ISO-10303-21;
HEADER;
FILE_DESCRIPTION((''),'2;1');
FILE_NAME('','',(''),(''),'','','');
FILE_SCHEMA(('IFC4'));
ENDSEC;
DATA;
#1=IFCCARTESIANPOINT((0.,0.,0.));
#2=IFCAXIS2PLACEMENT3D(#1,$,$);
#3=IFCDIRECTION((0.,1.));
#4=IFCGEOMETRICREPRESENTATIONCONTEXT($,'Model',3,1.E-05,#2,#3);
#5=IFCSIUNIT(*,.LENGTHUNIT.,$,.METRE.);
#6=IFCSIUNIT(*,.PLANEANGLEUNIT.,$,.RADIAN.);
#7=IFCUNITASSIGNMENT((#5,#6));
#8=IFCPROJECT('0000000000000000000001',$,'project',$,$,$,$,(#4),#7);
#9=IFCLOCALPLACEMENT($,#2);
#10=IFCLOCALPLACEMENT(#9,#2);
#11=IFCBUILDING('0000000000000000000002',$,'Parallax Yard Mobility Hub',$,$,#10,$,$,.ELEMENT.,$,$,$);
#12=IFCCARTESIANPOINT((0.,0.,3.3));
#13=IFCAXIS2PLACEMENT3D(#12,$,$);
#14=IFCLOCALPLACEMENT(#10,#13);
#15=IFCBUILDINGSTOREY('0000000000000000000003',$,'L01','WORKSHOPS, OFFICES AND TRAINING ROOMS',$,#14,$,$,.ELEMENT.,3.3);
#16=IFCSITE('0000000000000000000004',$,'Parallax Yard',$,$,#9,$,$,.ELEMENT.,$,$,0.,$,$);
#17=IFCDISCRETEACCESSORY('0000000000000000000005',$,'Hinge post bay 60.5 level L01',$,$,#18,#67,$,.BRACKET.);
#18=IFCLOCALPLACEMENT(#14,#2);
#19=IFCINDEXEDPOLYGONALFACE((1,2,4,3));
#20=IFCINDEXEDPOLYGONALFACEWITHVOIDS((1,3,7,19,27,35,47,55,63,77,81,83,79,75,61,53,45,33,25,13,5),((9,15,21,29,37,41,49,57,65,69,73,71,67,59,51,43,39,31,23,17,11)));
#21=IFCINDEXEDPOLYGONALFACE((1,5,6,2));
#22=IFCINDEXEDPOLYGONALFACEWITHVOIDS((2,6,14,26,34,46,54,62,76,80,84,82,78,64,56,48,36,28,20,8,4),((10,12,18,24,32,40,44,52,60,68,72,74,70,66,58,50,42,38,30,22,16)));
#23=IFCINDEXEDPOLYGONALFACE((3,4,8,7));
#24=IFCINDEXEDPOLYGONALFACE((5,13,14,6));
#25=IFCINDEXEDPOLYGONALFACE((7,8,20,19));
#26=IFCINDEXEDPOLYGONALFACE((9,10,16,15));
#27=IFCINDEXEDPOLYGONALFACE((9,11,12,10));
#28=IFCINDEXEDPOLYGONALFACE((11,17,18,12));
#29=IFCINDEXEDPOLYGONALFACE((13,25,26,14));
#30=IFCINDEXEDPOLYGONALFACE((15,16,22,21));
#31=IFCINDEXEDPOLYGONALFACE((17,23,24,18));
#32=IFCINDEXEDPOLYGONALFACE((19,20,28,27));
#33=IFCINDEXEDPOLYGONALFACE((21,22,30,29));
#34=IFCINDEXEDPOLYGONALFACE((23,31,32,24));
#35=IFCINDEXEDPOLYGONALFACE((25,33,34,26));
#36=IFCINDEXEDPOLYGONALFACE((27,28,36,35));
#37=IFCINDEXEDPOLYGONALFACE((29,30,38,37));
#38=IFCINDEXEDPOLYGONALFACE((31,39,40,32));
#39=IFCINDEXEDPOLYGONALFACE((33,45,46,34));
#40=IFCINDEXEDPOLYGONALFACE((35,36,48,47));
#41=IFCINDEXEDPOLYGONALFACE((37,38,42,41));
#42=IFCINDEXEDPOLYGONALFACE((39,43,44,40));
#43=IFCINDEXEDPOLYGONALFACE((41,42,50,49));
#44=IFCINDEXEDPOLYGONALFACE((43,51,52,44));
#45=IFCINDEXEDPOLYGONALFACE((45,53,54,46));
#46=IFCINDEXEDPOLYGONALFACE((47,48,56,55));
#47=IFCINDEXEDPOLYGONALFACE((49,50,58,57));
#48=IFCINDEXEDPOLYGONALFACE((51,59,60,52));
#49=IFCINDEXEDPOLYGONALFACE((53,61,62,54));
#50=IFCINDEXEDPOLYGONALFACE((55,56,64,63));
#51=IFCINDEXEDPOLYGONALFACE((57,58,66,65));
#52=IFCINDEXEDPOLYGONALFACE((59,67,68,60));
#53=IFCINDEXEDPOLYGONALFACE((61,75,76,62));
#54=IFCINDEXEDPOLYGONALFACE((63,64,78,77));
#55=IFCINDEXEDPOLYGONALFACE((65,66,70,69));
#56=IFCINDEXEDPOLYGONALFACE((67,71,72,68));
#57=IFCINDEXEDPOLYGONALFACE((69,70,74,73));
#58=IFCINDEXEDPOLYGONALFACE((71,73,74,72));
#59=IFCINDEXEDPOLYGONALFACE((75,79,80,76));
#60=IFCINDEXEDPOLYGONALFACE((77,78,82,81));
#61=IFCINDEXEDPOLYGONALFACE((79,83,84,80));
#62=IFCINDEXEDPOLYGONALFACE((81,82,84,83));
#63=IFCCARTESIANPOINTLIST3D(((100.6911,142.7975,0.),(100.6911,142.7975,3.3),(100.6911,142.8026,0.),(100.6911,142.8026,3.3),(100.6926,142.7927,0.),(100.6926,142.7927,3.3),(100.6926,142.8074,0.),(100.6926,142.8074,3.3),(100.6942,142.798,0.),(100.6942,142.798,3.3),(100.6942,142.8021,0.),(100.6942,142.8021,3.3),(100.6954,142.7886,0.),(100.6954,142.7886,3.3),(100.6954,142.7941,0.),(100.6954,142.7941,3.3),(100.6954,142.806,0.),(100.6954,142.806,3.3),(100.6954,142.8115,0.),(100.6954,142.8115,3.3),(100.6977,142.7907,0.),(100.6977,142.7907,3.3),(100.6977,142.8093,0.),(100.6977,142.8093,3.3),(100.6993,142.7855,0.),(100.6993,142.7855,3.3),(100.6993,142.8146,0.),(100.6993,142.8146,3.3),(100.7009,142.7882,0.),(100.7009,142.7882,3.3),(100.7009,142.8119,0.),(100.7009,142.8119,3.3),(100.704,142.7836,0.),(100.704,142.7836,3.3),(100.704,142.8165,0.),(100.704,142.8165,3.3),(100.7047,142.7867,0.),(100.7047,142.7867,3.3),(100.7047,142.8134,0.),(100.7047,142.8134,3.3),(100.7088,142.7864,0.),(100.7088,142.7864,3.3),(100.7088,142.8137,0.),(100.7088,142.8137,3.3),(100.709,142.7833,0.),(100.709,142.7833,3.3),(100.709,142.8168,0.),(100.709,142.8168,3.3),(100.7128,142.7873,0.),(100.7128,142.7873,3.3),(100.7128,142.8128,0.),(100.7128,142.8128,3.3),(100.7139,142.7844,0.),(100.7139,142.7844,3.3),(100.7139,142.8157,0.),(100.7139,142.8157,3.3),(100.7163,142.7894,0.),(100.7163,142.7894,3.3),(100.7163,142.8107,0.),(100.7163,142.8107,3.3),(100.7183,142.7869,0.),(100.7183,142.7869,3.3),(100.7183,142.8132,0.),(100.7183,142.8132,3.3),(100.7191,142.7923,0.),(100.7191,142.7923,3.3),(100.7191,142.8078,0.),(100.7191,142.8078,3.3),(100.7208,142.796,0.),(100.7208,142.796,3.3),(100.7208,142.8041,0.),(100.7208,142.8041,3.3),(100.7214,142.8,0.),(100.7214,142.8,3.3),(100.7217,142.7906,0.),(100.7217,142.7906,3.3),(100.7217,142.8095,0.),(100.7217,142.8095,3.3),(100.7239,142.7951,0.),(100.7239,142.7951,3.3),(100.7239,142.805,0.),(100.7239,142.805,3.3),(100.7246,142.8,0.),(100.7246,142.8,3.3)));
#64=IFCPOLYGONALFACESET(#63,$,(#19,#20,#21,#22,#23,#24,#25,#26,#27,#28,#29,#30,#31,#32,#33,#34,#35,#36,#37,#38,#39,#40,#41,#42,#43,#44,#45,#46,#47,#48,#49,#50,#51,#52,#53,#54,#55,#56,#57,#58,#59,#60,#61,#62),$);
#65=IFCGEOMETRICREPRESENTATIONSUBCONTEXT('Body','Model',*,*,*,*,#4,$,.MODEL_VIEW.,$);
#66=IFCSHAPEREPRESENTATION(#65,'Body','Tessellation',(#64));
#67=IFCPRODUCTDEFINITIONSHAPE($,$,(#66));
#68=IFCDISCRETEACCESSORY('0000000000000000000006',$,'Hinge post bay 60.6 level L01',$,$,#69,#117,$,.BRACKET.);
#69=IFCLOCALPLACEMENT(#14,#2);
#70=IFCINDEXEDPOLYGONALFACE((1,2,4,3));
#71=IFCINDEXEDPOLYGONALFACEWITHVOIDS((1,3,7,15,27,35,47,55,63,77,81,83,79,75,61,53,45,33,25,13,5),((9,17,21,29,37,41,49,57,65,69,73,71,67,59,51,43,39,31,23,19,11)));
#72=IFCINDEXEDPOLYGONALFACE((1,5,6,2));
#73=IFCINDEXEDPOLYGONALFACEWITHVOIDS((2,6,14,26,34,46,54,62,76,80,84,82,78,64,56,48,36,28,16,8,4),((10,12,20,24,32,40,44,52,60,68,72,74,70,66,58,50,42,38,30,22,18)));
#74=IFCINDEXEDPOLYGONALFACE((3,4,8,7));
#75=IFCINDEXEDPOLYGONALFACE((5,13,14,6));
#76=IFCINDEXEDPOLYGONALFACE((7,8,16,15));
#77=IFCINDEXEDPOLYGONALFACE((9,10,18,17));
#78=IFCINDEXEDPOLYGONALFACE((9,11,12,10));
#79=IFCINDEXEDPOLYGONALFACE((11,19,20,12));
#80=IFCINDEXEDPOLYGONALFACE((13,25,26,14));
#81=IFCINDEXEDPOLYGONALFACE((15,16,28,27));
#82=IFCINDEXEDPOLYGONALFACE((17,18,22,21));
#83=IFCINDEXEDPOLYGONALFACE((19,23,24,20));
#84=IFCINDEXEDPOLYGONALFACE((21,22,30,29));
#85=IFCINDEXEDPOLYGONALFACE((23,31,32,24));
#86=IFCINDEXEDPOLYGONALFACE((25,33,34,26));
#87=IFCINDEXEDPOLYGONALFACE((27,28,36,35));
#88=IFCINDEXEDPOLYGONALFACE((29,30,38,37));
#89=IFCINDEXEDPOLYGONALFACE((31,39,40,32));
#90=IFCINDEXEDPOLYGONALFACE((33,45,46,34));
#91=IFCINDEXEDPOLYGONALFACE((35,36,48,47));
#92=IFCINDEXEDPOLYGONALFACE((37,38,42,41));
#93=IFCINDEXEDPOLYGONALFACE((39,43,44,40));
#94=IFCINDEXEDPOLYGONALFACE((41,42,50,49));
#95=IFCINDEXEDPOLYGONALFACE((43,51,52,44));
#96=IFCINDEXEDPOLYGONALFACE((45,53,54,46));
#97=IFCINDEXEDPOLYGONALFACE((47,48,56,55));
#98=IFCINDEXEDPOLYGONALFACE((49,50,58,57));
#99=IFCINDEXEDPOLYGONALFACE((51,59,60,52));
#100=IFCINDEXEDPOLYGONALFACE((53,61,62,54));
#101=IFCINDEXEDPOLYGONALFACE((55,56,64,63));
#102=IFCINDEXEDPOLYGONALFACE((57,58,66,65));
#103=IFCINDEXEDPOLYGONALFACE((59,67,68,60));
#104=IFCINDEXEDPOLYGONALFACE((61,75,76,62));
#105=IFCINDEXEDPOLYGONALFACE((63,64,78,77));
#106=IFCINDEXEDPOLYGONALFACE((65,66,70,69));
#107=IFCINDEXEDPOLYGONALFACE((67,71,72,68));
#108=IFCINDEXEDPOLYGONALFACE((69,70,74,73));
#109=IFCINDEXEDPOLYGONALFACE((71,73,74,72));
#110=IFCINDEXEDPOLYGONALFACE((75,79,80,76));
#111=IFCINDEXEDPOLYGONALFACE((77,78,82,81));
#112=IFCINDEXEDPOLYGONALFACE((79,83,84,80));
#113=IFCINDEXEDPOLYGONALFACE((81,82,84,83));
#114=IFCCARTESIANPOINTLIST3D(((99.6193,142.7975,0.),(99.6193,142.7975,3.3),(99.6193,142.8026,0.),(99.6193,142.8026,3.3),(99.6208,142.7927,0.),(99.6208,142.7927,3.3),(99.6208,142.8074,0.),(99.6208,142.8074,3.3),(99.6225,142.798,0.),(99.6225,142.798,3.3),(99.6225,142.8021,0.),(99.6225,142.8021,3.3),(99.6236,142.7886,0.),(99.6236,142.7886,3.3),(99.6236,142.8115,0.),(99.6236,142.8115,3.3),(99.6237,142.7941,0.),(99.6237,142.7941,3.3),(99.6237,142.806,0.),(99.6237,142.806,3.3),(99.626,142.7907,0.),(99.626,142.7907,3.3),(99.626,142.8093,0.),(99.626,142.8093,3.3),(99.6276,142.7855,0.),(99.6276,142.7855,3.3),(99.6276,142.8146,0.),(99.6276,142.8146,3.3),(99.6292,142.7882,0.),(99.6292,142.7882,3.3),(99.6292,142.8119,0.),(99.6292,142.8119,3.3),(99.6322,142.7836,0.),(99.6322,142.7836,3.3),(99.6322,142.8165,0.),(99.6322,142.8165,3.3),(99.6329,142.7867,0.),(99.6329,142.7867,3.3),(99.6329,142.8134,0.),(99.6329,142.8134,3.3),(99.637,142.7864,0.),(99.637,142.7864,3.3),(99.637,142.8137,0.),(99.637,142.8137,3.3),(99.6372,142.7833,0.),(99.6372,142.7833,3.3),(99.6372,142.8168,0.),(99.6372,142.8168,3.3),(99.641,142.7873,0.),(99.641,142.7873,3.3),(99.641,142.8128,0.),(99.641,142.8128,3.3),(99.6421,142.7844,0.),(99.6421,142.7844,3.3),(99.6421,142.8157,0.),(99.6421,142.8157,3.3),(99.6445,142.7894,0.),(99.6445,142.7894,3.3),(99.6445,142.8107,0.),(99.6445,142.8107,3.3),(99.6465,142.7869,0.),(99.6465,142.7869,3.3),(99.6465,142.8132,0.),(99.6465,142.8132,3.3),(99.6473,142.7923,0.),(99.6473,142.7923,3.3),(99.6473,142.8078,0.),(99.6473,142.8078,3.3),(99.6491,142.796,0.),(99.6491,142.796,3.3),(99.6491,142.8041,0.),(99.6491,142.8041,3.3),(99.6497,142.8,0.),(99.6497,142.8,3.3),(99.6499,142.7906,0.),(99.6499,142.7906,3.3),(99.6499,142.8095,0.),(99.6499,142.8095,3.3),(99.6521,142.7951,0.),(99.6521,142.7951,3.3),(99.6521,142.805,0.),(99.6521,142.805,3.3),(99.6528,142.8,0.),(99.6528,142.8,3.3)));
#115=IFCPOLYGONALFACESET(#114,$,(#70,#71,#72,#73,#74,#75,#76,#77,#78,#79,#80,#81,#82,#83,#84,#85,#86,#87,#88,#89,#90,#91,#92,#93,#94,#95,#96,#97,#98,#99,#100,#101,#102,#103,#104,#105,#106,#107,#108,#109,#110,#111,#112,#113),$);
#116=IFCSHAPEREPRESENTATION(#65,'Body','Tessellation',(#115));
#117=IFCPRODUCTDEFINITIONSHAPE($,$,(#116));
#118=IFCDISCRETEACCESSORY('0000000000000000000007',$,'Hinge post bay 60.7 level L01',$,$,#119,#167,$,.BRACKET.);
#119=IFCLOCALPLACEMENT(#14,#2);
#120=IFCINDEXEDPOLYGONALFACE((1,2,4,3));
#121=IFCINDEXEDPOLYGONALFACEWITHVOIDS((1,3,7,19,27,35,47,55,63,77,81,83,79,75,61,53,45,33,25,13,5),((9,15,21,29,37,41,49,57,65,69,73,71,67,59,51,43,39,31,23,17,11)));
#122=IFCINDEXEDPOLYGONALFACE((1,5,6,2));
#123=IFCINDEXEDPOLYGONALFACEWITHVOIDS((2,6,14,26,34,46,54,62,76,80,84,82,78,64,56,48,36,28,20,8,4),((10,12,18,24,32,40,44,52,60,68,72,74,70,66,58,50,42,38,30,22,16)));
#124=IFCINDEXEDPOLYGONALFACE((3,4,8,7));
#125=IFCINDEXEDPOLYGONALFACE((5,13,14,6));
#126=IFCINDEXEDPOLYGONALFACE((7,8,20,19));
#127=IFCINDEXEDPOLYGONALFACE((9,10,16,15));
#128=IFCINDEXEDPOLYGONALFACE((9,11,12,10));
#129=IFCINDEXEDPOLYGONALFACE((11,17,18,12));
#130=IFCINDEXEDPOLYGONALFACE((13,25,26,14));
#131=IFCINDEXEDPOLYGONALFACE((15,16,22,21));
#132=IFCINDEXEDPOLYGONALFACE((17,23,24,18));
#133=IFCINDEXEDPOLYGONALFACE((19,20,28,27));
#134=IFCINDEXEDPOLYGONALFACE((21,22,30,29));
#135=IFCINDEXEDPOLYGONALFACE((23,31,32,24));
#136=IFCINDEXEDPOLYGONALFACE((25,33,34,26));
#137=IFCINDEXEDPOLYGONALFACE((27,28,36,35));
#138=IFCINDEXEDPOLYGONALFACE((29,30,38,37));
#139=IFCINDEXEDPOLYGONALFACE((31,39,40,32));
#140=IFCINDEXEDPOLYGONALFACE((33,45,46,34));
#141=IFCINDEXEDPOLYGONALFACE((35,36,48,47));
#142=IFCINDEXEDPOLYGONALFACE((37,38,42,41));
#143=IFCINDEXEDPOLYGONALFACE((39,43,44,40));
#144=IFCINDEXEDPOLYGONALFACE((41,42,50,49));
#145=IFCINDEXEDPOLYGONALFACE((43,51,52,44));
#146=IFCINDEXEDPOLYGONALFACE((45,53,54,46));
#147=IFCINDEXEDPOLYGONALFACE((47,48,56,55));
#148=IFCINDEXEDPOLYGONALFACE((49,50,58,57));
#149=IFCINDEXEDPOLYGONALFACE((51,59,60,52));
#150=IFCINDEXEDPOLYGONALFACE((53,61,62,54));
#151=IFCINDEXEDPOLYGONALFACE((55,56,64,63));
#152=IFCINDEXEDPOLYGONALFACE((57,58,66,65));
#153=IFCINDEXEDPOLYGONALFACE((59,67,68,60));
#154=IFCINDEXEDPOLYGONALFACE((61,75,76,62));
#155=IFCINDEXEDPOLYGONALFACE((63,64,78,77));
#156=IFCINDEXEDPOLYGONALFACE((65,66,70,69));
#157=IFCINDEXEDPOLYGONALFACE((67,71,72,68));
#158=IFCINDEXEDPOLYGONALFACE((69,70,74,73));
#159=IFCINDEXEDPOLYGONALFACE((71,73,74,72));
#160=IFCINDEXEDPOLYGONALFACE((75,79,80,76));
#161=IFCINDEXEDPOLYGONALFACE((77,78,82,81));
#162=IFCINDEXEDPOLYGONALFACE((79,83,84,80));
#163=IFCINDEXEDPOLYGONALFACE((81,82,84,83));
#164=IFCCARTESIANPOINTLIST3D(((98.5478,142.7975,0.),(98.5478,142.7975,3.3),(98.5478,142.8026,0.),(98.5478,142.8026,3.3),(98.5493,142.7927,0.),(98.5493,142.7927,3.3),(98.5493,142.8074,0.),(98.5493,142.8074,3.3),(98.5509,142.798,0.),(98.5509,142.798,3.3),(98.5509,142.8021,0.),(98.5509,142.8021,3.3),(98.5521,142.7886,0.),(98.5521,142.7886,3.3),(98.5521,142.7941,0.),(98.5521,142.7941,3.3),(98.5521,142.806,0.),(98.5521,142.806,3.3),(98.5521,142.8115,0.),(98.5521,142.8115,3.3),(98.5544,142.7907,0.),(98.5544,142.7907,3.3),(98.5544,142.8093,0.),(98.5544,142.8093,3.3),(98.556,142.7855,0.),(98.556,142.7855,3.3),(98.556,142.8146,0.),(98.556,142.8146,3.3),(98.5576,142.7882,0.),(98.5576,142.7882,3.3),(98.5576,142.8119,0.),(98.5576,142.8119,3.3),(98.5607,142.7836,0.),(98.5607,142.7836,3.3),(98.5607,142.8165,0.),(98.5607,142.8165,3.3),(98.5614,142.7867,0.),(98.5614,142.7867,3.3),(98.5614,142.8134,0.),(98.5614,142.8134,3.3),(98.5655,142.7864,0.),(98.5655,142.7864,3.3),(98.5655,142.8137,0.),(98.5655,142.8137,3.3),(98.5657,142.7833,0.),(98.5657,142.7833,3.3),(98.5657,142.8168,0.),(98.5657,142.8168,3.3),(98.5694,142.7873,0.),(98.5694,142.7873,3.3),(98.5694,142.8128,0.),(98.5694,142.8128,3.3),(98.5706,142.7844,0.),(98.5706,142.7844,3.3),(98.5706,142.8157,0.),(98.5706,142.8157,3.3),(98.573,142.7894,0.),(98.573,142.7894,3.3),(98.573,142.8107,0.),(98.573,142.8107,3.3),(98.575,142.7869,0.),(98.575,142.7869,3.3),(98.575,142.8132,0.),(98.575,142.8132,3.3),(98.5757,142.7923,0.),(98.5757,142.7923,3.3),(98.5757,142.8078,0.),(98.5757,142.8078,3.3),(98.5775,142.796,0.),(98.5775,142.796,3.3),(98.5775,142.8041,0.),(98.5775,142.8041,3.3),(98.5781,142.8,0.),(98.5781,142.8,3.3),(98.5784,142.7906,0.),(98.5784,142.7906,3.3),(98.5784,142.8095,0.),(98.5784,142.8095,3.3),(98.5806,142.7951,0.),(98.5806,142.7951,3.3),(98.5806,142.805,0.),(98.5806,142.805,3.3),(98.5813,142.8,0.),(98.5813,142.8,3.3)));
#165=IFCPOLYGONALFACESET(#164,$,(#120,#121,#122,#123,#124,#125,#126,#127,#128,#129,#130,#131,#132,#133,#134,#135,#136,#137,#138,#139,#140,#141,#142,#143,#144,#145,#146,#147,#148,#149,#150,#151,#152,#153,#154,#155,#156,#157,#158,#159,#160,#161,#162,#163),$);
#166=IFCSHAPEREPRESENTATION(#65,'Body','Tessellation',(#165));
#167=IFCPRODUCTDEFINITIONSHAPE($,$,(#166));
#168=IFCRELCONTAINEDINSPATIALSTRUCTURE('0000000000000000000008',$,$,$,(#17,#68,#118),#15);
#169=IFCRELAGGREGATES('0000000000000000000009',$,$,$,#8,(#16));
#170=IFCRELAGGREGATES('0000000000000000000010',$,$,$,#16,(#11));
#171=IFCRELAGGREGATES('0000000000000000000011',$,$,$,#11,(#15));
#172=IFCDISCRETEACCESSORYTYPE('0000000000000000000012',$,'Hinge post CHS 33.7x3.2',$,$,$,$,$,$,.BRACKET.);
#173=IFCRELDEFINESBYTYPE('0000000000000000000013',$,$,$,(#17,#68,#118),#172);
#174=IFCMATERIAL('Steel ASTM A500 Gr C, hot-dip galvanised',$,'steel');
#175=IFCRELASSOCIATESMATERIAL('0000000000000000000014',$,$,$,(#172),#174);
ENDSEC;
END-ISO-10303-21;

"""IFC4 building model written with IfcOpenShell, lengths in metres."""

from ifc_helpers import new_model, si_unit, direction, frame, origin, origin_2d, place, context, subcontext, project, spatial, hollow_circle, extrude, material, material_profile, profile_set, type_object, element, save


model = new_model("IFC4")

# Units and contexts
model_context = context("Model", 3, precision=1e-05, world=origin(), true_north=direction((0.0, 1.0)))
body_context = subcontext(model_context, "Body", "Model", "MODEL_VIEW")
ifc_project = project(units=[si_unit("LENGTHUNIT", "METRE"), si_unit("PLANEANGLEUNIT", "RADIAN")], contexts=[model_context])

# Site, building, storey
site_placement = place(None, origin())
site = spatial("IfcSite", under=ifc_project, at=site_placement, Name="Parallax Yard", CompositionType="ELEMENT", RefElevation=0.0)
building_placement = place(site_placement, origin())
building = spatial("IfcBuilding", under=site, at=building_placement, Name="Parallax Yard Mobility Hub", CompositionType="ELEMENT")
storey_placement = place(building_placement, frame((0.0, 0.0, 3.3)))
storey = spatial("IfcBuildingStorey", under=building, at=storey_placement, Name="L01", Description="WORKSHOPS, OFFICES AND TRAINING ROOMS", CompositionType="ELEMENT", Elevation=3.3)

# Discrete accessories
ifc_material_1 = material(Name="Steel ASTM A500 Gr C, hot-dip galvanised", Category="steel")
ifc_material_profile = material_profile(ifc_material_1, hollow_circle(Radius=0.0168, WallThickness=0.0032, at=origin_2d()), Name="CHS 33.7x3.2")
ifc_profile_set = profile_set([ifc_material_profile], Name="Steel ASTM A500 Gr C, hot-dip galvanised")
discrete_accessory_type_1 = type_object("IfcDiscreteAccessoryType", Name="Hinge post CHS 33.7x3.2", PredefinedType="BRACKET", material=ifc_profile_set)
for number, where, z_axis, x_axis, name in (
    (1, (100.7078, 142.8, 0.0), (0.0, 0.0, 1.0), (1.0, 0.0, 0.0), "Hinge post bay 60.5 level L01"),
    (2, (99.636, 142.8, 0.0), (0.0, 0.0, 1.0), (1.0, 0.0, 0.0), "Hinge post bay 60.6 level L01"),
    (3, (98.5645, 142.8, 0.0), (0.0, 0.0, 1.0), (1.0, 0.0, 0.0), "Hinge post bay 60.7 level L01"),
):
    element("IfcDiscreteAccessory", number, at=place(storey_placement, frame(where, z_axis=z_axis, x_axis=x_axis)), inside=storey, type_object=discrete_accessory_type_1, Name=name, PredefinedType="BRACKET", context=body_context, shape_type="SweptSolid", body=[
        extrude(hollow_circle(Radius=0.0168, WallThickness=0.0032, at=origin_2d()), origin(), (0.0, 0.0, 1.0), 3.3),
    ])

save(model, "model.ifc")
